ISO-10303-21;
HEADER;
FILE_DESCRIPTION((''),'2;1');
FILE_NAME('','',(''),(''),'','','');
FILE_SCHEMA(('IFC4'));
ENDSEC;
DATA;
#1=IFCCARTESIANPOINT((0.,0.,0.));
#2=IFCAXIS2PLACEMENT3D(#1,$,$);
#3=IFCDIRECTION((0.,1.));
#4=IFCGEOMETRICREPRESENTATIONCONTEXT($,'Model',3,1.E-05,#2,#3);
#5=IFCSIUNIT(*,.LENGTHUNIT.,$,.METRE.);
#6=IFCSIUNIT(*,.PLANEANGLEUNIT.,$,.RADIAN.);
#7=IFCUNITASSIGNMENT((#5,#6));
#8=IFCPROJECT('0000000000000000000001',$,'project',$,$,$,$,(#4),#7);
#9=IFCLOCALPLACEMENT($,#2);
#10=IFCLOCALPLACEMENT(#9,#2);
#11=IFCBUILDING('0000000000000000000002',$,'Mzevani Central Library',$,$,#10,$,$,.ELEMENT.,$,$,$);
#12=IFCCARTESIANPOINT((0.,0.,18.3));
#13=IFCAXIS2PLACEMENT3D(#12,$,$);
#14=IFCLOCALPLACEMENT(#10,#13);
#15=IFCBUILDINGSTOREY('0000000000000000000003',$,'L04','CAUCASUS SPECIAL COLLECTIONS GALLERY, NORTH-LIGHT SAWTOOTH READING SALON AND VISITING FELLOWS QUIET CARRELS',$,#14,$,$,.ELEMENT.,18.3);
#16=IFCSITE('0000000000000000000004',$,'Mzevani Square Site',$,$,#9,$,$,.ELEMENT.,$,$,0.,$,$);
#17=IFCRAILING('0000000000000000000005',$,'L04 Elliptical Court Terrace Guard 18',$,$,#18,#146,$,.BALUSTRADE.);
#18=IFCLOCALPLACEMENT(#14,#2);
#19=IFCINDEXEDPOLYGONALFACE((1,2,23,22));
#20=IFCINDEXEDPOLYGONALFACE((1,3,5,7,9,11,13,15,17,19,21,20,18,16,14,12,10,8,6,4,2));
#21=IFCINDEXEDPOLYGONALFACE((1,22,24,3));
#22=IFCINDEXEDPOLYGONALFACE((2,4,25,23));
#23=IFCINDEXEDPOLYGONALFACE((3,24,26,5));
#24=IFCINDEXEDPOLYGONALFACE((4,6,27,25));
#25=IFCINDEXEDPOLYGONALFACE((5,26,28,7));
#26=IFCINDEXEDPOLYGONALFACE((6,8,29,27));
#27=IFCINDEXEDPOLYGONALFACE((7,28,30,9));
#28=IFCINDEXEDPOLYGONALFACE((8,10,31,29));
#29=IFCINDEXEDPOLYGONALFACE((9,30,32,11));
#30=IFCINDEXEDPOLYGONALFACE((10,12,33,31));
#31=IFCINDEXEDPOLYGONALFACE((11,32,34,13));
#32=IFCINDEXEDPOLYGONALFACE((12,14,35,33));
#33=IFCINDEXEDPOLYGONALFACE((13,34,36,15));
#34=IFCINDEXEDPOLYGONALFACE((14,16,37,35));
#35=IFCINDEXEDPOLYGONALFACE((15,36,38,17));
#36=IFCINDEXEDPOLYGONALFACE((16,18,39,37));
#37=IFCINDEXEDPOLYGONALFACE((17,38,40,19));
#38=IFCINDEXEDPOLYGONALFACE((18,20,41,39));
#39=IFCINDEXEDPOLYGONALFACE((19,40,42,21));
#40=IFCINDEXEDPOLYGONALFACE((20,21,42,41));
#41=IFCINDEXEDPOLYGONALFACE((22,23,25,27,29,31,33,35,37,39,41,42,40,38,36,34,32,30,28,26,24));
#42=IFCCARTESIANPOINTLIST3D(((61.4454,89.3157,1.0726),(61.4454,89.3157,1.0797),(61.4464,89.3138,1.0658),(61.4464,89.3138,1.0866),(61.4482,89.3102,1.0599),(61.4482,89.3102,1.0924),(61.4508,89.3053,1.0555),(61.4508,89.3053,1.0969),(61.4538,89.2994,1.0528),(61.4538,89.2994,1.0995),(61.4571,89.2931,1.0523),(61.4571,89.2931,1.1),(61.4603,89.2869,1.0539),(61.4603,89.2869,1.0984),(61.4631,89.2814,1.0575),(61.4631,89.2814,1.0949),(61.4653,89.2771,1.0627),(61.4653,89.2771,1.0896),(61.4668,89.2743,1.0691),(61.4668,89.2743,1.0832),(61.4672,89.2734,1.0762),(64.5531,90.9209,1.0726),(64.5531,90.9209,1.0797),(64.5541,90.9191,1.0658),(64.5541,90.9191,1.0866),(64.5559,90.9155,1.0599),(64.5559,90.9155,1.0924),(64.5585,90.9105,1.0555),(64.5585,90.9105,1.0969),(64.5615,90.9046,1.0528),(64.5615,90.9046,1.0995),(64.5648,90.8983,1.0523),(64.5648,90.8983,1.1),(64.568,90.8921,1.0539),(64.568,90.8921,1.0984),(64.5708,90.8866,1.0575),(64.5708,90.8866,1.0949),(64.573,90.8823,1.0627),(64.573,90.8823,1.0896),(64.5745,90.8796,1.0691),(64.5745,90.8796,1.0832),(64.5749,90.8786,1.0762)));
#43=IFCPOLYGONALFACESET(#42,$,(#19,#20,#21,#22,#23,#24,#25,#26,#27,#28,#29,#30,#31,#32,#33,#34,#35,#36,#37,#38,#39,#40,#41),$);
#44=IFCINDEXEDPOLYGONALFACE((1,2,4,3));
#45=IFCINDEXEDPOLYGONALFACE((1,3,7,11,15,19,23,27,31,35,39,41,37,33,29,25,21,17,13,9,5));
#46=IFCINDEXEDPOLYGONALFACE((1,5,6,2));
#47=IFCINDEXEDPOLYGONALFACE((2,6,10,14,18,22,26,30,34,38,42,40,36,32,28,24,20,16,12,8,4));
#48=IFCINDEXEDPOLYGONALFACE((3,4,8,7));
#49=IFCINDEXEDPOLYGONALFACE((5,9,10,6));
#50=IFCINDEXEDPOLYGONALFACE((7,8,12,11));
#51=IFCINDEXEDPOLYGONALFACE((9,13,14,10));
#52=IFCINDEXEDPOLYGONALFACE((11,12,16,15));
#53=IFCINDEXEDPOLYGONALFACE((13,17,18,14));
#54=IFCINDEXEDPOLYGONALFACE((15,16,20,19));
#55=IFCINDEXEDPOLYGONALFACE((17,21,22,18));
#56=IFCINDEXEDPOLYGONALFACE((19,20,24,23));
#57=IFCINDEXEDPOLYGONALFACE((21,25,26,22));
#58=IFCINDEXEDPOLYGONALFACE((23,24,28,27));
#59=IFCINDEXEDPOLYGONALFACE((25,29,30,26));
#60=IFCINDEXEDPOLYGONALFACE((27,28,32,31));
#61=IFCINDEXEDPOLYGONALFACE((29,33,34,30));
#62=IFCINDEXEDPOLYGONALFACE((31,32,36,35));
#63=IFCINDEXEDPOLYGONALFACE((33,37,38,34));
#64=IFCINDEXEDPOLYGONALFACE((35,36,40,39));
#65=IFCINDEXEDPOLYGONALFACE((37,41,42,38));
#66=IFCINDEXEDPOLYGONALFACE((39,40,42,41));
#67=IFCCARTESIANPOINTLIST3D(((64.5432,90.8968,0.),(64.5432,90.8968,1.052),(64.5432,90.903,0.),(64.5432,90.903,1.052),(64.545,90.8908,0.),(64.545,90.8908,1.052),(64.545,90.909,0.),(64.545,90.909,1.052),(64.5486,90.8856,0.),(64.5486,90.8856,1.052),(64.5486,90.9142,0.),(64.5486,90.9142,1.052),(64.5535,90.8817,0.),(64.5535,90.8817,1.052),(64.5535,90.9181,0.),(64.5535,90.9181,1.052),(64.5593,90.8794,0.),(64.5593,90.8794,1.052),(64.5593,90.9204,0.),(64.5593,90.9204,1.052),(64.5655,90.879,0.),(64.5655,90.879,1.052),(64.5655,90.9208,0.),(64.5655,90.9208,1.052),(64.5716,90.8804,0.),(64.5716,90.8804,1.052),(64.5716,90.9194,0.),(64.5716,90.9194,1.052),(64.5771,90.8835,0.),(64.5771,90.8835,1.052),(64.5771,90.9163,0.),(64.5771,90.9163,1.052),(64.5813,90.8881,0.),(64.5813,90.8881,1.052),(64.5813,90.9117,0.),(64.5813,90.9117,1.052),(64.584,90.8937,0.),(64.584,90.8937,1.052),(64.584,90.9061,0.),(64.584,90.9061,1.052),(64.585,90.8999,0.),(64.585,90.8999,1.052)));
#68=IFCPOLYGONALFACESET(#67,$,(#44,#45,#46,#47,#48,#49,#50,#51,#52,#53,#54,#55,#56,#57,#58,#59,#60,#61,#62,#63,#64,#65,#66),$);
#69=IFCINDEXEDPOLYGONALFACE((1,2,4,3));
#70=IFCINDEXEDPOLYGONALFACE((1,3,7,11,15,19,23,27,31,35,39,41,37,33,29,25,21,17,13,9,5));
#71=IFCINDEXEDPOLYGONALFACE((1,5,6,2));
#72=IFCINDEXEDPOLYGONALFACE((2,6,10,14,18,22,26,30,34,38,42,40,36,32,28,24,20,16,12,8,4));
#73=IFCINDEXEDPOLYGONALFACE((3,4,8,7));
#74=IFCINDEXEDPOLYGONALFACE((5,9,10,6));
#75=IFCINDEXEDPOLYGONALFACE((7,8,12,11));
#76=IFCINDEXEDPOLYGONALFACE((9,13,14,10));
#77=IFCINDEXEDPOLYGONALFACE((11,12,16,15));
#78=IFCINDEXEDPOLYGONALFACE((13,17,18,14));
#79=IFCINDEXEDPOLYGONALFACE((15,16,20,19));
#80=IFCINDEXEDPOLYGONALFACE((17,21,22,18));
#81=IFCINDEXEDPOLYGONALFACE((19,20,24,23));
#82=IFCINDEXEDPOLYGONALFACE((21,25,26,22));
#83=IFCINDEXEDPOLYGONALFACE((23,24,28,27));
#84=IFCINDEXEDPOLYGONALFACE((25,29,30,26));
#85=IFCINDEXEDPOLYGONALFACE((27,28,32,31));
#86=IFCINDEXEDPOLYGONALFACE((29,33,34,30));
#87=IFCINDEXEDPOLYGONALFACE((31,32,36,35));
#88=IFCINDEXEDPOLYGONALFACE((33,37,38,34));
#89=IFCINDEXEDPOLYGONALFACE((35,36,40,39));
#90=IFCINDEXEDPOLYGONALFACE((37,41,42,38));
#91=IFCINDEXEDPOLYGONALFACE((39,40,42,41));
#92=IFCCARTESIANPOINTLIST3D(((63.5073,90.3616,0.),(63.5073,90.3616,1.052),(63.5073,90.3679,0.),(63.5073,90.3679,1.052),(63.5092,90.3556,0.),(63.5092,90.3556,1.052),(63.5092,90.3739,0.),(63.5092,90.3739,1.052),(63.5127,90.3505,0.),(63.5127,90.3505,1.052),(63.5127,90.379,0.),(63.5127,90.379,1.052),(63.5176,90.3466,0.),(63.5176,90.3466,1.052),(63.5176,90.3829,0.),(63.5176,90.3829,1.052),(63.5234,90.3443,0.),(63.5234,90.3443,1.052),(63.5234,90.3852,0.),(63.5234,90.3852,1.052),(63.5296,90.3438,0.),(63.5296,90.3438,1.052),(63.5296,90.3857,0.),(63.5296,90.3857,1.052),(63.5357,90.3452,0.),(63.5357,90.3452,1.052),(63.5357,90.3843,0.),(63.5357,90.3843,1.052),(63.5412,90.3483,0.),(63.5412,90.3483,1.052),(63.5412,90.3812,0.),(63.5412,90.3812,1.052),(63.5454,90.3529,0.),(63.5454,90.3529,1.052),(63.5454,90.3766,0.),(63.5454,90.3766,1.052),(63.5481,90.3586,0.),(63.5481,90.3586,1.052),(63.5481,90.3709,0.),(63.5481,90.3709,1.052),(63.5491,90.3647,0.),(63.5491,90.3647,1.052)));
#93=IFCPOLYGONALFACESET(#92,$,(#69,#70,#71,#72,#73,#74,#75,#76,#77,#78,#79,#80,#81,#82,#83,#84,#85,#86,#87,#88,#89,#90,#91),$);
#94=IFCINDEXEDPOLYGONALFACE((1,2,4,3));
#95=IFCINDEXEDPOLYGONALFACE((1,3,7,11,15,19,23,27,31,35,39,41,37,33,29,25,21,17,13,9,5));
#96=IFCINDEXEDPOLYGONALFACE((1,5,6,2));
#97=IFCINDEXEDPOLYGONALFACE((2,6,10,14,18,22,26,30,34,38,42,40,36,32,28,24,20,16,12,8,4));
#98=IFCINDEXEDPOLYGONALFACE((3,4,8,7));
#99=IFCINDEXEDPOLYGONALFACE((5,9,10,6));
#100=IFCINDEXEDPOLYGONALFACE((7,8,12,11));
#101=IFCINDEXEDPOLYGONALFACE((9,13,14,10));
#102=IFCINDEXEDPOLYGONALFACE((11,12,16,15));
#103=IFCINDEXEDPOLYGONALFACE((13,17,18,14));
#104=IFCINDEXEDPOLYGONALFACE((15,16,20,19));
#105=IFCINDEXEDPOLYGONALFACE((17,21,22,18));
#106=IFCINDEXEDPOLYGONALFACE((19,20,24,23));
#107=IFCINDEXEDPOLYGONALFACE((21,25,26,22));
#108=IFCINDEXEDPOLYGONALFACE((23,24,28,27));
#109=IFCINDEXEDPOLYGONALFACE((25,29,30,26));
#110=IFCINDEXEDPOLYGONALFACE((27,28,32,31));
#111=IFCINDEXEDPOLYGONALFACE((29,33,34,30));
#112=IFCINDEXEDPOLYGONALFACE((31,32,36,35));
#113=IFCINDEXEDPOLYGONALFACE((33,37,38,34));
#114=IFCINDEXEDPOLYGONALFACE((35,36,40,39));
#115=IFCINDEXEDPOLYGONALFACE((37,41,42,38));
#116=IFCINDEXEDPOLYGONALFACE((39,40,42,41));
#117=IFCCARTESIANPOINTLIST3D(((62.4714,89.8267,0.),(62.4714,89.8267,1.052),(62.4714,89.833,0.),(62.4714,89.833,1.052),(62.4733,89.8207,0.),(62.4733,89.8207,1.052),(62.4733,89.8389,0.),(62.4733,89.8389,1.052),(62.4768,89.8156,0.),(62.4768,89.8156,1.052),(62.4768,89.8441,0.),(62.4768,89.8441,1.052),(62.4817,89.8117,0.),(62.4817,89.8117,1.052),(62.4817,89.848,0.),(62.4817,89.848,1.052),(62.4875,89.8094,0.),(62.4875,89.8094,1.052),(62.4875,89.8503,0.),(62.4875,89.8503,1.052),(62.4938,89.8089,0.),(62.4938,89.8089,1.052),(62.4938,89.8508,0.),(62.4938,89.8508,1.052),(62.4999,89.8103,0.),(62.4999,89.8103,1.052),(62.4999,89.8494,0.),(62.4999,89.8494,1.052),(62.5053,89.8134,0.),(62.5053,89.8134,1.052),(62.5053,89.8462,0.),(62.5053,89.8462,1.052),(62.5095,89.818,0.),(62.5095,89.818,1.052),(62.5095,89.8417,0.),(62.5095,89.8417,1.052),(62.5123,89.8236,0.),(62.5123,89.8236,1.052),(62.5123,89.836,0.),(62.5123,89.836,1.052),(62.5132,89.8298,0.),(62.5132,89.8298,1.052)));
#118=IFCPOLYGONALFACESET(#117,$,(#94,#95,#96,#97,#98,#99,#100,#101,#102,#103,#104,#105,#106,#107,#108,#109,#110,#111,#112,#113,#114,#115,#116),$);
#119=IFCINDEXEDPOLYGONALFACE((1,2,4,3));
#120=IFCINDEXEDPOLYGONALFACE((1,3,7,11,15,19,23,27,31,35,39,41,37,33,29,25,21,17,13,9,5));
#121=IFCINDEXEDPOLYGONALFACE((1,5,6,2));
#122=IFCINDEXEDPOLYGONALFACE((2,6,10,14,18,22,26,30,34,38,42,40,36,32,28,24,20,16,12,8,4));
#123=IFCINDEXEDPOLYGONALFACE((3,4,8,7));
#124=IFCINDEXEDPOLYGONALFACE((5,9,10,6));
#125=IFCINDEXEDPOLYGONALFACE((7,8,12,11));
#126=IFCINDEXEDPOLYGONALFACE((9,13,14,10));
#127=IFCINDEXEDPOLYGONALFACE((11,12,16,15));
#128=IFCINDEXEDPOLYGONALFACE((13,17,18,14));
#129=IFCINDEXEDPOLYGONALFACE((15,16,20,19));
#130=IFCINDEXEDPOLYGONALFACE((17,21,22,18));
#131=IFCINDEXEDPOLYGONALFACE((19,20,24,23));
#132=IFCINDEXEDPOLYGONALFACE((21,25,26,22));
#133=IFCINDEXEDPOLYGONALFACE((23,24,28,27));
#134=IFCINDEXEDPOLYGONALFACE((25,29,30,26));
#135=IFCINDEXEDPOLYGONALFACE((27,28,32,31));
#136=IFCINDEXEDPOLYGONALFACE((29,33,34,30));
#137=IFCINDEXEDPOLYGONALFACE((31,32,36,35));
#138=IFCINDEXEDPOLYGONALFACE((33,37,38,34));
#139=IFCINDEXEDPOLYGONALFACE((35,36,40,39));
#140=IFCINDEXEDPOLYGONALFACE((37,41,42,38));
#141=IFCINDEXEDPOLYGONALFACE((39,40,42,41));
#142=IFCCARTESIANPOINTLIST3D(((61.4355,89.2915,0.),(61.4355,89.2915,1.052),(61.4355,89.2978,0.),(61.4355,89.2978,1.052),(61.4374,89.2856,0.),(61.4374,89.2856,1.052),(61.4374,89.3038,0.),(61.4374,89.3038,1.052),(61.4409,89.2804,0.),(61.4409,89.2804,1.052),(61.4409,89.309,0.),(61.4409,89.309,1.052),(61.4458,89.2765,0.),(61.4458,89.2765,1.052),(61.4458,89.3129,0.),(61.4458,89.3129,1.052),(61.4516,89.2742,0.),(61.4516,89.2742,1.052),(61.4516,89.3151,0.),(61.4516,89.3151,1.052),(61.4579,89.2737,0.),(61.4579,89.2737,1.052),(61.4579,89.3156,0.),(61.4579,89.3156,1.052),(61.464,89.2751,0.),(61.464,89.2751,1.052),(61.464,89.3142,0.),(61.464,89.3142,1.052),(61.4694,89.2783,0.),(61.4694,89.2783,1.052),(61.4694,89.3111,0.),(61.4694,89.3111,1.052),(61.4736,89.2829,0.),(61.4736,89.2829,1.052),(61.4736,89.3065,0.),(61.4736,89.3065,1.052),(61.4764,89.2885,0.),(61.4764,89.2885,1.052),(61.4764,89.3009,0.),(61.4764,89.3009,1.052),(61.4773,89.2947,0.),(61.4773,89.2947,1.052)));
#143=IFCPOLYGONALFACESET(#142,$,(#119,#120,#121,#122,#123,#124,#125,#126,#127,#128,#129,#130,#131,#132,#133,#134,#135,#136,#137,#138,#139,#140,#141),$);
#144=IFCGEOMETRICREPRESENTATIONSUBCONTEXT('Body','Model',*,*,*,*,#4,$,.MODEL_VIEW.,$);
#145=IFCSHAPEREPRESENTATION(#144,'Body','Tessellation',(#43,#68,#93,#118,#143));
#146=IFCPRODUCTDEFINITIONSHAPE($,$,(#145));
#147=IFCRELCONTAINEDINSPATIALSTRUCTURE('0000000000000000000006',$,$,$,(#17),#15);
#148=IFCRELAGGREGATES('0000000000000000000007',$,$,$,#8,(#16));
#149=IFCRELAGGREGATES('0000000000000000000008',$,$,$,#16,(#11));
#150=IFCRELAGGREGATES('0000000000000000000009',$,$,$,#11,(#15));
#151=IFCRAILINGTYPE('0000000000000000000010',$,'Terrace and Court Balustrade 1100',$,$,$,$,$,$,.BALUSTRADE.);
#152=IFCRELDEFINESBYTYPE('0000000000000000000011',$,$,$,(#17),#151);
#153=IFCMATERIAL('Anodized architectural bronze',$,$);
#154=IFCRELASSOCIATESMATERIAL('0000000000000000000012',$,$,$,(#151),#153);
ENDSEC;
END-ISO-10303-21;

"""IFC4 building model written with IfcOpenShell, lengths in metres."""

from ifc_helpers import new_model, si_unit, direction, frame, origin, origin_2d, place, context, subcontext, project, spatial, circle, extrude, material, type_object, element, save


model = new_model("IFC4")

# Units and contexts
model_context = context("Model", 3, precision=1e-05, world=origin(), true_north=direction((0.0, 1.0)))
body_context = subcontext(model_context, "Body", "Model", "MODEL_VIEW")
ifc_project = project(units=[si_unit("LENGTHUNIT", "METRE"), si_unit("PLANEANGLEUNIT", "RADIAN")], contexts=[model_context])

# Site, building, storey
site_placement = place(None, origin())
site = spatial("IfcSite", under=ifc_project, at=site_placement, Name="Mzevani Square Site", CompositionType="ELEMENT", RefElevation=0.0)
building_placement = place(site_placement, origin())
building = spatial("IfcBuilding", under=site, at=building_placement, Name="Mzevani Central Library", CompositionType="ELEMENT")
storey_placement = place(building_placement, frame((0.0, 0.0, 18.3)))
storey = spatial("IfcBuildingStorey", under=building, at=storey_placement, Name="L04", Description="CAUCASUS SPECIAL COLLECTIONS GALLERY, NORTH-LIGHT SAWTOOTH READING SALON AND VISITING FELLOWS QUIET CARRELS", CompositionType="ELEMENT", Elevation=18.3)

# Railing
ifc_material_1 = material(Name="Anodized architectural bronze")
railing_type = type_object("IfcRailingType", Name="Terrace and Court Balustrade 1100", PredefinedType="BALUSTRADE", material=ifc_material_1)
railing_1_placement = place(storey_placement, frame((64.564, 90.8999, 0.0)))
element("IfcRailing", 1, at=railing_1_placement, inside=storey, type_object=railing_type, Name="L04 Elliptical Court Terrace Guard 18", PredefinedType="BALUSTRADE", context=body_context, shape_type="SweptSolid", body=[
    extrude(circle(Radius=0.0239, at=origin_2d()), frame((0.0, 0.0, 1.0762), z_axis=(-0.888473, -0.458929, 0.0), x_axis=(0.458929, -0.888473, 0.0)), (0.0, 0.0, 1.0), 3.4978),
    extrude(circle(Radius=0.021, at=origin_2d()), origin(), (0.0, 0.0, 1.0), 1.052),
    extrude(circle(Radius=0.021, at=origin_2d()), frame((-1.0359, -0.5352, 0.0)), (0.0, 0.0, 1.0), 1.052),
    extrude(circle(Radius=0.021, at=origin_2d()), frame((-2.0718, -1.0701, 0.0)), (0.0, 0.0, 1.0), 1.052),
    extrude(circle(Radius=0.021, at=origin_2d()), frame((-3.1077, -1.6052, 0.0)), (0.0, 0.0, 1.0), 1.052),
])

save(model, "model.ifc")
